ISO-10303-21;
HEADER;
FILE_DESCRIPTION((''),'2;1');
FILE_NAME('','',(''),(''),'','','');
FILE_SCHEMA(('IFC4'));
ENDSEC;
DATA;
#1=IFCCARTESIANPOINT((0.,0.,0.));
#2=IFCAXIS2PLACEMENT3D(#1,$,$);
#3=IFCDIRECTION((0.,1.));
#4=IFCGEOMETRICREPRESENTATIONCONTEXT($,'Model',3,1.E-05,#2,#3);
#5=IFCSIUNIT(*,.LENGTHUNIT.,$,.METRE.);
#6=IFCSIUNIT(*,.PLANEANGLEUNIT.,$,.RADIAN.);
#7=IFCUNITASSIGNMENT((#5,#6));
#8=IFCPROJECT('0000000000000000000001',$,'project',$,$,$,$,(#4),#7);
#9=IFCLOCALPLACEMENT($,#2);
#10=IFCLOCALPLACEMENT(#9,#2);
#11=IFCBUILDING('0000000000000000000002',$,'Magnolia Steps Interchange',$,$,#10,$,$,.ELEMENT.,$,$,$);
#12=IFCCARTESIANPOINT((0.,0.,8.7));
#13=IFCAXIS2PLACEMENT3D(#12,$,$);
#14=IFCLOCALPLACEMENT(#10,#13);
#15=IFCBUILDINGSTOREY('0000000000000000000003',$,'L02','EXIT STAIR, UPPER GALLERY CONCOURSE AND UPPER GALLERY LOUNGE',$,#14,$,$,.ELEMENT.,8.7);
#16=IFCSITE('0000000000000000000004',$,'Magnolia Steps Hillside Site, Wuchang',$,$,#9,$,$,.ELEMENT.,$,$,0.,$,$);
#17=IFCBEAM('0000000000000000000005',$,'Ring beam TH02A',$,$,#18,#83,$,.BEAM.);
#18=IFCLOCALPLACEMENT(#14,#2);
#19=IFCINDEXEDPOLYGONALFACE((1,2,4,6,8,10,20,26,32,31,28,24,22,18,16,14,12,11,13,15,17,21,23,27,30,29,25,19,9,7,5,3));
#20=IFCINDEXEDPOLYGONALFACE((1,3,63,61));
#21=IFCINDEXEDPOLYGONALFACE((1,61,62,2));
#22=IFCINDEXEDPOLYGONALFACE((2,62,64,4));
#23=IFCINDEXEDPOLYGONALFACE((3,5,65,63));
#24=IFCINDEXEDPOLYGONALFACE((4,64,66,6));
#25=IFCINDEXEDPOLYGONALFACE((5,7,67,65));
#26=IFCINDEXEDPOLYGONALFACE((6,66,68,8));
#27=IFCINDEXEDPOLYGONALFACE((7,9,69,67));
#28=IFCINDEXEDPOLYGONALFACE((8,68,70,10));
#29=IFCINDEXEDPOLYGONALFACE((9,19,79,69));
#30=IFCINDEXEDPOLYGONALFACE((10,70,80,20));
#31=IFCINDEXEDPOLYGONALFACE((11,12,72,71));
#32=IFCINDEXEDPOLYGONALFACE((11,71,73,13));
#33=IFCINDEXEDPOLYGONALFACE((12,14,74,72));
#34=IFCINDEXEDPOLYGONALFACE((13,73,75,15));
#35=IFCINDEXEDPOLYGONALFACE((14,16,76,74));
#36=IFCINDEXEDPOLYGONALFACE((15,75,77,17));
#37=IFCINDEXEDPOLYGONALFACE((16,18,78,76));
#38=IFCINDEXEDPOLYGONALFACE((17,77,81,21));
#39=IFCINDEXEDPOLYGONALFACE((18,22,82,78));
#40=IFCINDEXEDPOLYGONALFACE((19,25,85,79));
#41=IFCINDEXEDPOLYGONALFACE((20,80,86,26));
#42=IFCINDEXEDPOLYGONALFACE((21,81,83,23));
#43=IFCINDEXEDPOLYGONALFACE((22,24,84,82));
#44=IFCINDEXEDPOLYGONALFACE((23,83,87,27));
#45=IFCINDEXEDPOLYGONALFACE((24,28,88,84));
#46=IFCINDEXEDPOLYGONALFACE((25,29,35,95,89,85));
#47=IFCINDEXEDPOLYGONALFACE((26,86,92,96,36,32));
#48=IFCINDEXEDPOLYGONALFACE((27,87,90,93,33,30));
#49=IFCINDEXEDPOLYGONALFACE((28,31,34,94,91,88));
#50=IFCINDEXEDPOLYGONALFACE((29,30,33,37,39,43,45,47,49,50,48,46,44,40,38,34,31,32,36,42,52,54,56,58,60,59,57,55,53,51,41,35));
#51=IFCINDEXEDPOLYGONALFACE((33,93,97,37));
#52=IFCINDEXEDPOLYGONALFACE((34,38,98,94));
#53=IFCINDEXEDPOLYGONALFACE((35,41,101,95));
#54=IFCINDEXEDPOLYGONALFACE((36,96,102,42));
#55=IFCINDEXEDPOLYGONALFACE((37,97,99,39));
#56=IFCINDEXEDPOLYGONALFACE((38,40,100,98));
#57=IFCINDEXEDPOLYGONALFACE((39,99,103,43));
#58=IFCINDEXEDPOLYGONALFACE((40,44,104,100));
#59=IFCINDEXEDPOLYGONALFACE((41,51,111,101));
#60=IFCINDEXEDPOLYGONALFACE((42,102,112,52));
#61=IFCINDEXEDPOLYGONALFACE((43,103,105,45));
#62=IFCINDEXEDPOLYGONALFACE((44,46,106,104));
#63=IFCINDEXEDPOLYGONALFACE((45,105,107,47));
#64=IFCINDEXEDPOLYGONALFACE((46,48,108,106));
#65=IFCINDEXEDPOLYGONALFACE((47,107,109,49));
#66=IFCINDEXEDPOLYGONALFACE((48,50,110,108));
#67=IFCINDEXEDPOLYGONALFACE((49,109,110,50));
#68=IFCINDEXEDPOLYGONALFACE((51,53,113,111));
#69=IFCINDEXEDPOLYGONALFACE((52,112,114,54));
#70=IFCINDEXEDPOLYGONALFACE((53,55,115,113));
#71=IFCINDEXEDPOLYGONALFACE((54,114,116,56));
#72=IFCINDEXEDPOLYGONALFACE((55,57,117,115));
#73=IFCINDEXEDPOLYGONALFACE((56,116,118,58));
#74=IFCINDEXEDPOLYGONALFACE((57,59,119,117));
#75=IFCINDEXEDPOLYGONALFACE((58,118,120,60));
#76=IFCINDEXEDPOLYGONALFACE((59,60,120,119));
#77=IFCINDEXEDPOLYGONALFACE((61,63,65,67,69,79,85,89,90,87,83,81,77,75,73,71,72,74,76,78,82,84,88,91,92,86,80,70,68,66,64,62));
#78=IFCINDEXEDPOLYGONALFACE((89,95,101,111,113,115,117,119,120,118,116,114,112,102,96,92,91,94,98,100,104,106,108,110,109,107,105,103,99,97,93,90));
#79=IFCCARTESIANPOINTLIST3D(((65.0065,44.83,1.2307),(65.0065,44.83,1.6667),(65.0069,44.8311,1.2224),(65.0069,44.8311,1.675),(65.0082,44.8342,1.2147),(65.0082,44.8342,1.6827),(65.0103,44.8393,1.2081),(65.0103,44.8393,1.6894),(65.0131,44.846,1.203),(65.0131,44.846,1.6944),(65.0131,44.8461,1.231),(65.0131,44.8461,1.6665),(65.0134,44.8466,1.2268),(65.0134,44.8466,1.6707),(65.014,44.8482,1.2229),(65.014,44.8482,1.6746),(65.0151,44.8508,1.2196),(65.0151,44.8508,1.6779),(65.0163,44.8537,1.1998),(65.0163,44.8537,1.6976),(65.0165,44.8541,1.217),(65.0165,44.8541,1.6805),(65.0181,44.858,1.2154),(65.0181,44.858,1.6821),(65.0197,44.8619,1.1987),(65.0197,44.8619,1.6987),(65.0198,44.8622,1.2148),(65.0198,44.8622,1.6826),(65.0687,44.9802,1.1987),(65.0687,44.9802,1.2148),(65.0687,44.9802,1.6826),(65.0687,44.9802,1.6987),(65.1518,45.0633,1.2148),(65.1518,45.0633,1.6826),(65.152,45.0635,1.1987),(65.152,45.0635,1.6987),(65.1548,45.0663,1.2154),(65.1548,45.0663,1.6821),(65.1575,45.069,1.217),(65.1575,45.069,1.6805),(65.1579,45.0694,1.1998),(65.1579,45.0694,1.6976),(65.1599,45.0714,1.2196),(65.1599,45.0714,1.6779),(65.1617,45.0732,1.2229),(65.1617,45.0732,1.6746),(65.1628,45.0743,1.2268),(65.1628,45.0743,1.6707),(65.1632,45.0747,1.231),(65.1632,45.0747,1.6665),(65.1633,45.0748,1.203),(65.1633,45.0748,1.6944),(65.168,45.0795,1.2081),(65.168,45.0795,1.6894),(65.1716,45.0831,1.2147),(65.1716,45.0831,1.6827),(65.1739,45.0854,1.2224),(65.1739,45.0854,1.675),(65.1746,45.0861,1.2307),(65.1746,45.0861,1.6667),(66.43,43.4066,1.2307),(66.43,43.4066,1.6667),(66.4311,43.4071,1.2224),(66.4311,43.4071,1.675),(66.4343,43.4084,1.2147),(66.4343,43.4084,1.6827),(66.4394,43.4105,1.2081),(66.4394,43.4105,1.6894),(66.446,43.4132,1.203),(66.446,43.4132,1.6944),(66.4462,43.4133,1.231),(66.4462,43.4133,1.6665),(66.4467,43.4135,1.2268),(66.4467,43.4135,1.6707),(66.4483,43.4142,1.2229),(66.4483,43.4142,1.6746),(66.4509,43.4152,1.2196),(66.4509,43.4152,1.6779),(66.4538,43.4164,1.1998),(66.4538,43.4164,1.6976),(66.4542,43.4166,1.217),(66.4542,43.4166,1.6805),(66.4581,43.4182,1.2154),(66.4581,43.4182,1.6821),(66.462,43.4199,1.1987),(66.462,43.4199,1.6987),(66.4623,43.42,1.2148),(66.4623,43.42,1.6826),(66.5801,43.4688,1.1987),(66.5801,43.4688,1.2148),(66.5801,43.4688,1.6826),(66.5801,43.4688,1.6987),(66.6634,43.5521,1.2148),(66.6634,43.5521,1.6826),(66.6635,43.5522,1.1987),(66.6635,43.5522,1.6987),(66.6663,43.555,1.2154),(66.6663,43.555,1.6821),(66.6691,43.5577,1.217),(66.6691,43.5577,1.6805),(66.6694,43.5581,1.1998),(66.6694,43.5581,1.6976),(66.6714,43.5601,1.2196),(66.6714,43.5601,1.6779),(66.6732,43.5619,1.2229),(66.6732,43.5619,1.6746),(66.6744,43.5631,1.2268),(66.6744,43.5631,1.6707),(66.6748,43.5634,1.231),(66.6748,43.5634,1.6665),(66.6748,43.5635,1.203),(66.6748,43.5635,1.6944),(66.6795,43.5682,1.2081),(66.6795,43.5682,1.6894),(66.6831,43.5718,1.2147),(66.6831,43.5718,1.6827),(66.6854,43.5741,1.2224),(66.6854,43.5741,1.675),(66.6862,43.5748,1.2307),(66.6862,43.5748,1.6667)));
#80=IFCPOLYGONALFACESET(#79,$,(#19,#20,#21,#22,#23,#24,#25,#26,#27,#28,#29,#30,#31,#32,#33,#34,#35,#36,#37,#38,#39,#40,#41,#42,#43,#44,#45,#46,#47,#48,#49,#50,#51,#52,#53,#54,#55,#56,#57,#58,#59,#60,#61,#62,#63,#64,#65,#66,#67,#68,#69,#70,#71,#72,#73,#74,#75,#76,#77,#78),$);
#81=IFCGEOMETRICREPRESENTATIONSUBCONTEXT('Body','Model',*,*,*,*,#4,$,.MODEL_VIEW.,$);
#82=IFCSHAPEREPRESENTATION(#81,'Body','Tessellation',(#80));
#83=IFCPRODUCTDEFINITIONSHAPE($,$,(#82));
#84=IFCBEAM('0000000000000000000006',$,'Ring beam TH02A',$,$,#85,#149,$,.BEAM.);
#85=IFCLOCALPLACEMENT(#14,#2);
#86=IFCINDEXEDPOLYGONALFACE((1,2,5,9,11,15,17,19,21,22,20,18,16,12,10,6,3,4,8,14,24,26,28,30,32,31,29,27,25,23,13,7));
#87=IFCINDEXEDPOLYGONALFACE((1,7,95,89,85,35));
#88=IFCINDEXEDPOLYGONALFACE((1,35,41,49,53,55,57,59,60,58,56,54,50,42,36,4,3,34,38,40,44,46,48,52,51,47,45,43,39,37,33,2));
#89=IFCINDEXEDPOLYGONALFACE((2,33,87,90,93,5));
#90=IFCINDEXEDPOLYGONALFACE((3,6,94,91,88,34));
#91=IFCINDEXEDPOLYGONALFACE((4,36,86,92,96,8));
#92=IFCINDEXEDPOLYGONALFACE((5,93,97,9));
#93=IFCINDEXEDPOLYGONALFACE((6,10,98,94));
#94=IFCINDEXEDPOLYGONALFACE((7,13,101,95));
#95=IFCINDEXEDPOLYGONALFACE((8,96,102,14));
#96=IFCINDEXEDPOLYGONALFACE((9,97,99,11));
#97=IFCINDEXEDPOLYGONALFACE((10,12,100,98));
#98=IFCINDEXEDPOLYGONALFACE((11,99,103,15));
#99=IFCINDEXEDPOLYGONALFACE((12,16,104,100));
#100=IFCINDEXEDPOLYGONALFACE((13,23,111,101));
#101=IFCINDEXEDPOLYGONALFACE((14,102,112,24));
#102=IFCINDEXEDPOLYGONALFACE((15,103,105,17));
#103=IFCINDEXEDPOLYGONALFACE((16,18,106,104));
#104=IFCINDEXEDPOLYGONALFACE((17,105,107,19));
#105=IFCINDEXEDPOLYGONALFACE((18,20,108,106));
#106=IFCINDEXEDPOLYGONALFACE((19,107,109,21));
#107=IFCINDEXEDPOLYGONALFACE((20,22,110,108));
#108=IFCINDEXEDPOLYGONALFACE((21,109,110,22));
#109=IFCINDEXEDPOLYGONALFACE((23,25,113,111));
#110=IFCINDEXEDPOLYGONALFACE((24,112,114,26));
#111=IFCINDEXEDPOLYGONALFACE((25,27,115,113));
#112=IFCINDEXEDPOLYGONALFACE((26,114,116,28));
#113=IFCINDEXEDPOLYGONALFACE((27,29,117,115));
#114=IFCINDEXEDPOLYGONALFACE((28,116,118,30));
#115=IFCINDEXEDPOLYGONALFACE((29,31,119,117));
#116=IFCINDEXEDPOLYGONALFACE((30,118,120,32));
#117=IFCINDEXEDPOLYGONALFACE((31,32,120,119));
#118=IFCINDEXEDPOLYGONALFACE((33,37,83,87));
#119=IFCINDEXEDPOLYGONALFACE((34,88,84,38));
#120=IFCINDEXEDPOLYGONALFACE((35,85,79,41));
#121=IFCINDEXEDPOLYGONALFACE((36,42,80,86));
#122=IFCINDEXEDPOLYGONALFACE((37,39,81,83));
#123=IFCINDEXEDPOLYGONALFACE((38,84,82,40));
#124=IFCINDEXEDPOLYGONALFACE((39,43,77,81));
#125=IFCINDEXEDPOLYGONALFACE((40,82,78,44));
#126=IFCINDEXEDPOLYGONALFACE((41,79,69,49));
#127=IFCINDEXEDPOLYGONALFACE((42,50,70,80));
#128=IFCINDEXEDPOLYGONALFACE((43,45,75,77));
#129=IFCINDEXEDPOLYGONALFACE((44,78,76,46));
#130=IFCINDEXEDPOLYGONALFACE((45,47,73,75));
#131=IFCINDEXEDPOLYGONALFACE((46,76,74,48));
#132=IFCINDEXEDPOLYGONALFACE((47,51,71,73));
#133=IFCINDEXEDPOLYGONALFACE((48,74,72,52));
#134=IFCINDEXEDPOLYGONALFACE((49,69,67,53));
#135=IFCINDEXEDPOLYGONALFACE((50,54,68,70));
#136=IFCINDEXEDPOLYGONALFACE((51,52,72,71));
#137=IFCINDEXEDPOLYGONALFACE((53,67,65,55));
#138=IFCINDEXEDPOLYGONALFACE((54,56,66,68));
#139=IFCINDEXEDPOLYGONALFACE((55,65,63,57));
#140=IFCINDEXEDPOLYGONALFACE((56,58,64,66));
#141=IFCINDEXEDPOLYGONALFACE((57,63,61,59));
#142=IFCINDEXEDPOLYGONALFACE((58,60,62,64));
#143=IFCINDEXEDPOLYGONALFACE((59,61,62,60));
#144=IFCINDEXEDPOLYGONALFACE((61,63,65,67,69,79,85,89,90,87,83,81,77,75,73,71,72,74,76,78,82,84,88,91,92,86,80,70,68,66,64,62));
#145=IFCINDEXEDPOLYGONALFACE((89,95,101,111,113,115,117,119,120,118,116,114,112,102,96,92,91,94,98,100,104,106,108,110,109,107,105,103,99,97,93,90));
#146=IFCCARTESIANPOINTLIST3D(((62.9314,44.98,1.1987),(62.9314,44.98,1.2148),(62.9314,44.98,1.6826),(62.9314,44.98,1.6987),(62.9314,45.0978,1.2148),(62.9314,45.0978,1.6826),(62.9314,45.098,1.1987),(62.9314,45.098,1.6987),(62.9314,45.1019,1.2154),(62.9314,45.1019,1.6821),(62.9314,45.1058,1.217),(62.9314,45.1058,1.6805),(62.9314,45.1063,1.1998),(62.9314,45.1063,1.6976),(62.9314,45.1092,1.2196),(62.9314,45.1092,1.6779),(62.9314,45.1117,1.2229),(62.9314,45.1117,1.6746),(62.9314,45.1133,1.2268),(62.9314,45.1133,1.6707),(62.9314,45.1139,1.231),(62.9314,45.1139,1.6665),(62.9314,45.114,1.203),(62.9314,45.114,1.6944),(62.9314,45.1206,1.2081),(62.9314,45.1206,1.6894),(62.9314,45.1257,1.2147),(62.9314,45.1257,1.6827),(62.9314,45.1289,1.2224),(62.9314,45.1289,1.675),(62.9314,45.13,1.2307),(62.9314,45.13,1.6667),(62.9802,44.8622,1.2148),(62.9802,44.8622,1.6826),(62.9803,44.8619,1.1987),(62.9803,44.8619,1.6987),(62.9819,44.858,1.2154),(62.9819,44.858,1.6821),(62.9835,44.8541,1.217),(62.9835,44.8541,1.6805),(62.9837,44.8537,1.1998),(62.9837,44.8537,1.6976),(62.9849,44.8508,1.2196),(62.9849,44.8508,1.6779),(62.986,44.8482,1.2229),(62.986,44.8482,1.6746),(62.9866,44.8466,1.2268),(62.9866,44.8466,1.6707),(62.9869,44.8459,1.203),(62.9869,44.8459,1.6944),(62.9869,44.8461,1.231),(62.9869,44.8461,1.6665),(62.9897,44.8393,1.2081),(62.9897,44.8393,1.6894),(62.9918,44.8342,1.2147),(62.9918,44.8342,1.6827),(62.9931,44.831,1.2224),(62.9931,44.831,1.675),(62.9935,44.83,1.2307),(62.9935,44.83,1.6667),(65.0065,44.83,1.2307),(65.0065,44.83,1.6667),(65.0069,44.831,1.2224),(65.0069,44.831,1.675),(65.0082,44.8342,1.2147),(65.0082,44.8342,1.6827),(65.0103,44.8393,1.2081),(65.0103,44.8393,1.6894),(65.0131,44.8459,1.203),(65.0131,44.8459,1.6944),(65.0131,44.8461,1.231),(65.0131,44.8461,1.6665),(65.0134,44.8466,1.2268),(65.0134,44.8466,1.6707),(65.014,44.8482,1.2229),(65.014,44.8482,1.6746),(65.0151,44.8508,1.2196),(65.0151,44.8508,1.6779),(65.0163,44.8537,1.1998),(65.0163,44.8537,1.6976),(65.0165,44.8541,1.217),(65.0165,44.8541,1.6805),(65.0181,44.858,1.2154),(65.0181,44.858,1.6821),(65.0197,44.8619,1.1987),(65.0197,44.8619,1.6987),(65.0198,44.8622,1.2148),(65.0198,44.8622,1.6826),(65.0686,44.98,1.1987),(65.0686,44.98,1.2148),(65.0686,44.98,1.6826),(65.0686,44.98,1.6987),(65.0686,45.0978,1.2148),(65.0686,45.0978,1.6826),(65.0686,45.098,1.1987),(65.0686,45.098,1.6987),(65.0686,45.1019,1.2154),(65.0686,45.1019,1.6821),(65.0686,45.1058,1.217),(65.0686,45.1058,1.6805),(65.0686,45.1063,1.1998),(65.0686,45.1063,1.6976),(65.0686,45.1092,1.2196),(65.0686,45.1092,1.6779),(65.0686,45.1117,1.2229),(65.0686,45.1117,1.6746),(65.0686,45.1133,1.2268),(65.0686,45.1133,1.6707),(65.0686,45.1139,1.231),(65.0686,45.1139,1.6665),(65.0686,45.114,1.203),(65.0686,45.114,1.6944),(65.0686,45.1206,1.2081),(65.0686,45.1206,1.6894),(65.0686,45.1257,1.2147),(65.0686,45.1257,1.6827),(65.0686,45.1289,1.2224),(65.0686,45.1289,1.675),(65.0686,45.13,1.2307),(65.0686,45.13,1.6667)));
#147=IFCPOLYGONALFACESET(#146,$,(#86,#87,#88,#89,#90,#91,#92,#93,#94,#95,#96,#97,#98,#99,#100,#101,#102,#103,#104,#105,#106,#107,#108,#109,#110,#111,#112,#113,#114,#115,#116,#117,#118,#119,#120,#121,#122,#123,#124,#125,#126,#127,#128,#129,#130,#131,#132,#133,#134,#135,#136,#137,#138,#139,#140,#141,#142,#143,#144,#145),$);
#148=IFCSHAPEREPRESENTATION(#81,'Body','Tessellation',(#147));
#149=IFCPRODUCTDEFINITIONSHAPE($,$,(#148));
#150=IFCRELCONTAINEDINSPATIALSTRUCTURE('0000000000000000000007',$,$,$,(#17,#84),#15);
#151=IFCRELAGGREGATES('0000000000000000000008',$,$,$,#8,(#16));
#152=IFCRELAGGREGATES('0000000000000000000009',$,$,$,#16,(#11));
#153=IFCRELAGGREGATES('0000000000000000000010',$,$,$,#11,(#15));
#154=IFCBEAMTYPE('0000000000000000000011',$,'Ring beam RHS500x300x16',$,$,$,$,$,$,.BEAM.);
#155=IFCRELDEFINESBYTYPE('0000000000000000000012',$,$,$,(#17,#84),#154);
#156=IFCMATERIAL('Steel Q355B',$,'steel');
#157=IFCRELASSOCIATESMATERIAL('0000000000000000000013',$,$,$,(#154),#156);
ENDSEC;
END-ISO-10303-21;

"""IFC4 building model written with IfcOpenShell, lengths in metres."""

from ifc_helpers import new_model, si_unit, direction, frame, origin, origin_2d, place, context, subcontext, project, spatial, hollow_rectangle, extrude, clip, halfspace, material, material_profile, profile_set, type_object, element, save


model = new_model("IFC4")

# Units and contexts
model_context = context("Model", 3, precision=1e-05, world=origin(), true_north=direction((0.0, 1.0)))
body_context = subcontext(model_context, "Body", "Model", "MODEL_VIEW")
ifc_project = project(units=[si_unit("LENGTHUNIT", "METRE"), si_unit("PLANEANGLEUNIT", "RADIAN")], contexts=[model_context])

# Site, building, storey
site_placement = place(None, origin())
site = spatial("IfcSite", under=ifc_project, at=site_placement, Name="Magnolia Steps Hillside Site, Wuchang", CompositionType="ELEMENT", RefElevation=0.0)
building_placement = place(site_placement, origin())
building = spatial("IfcBuilding", under=site, at=building_placement, Name="Magnolia Steps Interchange", CompositionType="ELEMENT")
storey_placement = place(building_placement, frame((0.0, 0.0, 8.7)))
storey = spatial("IfcBuildingStorey", under=building, at=storey_placement, Name="L02", Description="EXIT STAIR, UPPER GALLERY CONCOURSE AND UPPER GALLERY LOUNGE", CompositionType="ELEMENT", Elevation=8.7)

# Beams
ifc_material_1 = material(Name="Steel Q355B", Category="steel")
ifc_material_profile_1 = material_profile(ifc_material_1, hollow_rectangle(XDim=0.3, YDim=0.5, WallThickness=0.0161, InnerFilletRadius=0.0161, OuterFilletRadius=0.032, at=origin_2d()), Name="RHS500x300x16")
ifc_profile_set_1 = profile_set([ifc_material_profile_1], Name="Steel Q355B")
beam_type_1 = type_object("IfcBeamType", Name="Ring beam RHS500x300x16", PredefinedType="BEAM", material=ifc_profile_set_1)
beam_1_placement = place(storey_placement, frame((66.5801, 43.4688, 1.4487), z_axis=(-0.707164, 0.70705, 0.0), x_axis=(-0.70705, -0.707164, 0.0)))
element("IfcBeam", 1, at=beam_1_placement, inside=storey, type_object=beam_type_1, Name="Ring beam TH02A", PredefinedType="BEAM", context=body_context, shape_type="Clipping", body=[
    clip(clip(extrude(hollow_rectangle(XDim=0.3, YDim=0.5, WallThickness=0.0161, InnerFilletRadius=0.0161, OuterFilletRadius=0.032, at=origin_2d()), origin(), (0.0, 0.0, 1.0), 2.1375), halfspace(frame((0.0, 0.0, 0.0), z_axis=(0.382758, 0.0, -0.923849), x_axis=(0.923849, 0.0, 0.382758)), False)), halfspace(frame((0.0, 0.0, 2.1374), z_axis=(0.382609, 0.0, 0.92391), x_axis=(0.92391, 0.0, -0.382609)), False)),
])
beam_2_placement = place(storey_placement, frame((65.0686, 44.98, 1.4487), z_axis=(-1.0, 0.0, 0.0), x_axis=(0.0, -1.0, 0.0)))
element("IfcBeam", 2, at=beam_2_placement, inside=storey, type_object=beam_type_1, Name="Ring beam TH02A", PredefinedType="BEAM", context=body_context, shape_type="Clipping", body=[
    clip(clip(extrude(hollow_rectangle(XDim=0.3, YDim=0.5, WallThickness=0.0161, InnerFilletRadius=0.0161, OuterFilletRadius=0.032, at=origin_2d()), origin(), (0.0, 0.0, 1.0), 2.1372), halfspace(frame((0.0, 0.0, 0.0), z_axis=(0.382683, 0.0, -0.92388), x_axis=(0.92388, 0.0, 0.382683)), False)), halfspace(frame((0.0, 0.0, 2.1372), z_axis=(0.382683, 0.0, 0.92388), x_axis=(0.92388, 0.0, -0.382683)), False)),
])

save(model, "model.ifc")
